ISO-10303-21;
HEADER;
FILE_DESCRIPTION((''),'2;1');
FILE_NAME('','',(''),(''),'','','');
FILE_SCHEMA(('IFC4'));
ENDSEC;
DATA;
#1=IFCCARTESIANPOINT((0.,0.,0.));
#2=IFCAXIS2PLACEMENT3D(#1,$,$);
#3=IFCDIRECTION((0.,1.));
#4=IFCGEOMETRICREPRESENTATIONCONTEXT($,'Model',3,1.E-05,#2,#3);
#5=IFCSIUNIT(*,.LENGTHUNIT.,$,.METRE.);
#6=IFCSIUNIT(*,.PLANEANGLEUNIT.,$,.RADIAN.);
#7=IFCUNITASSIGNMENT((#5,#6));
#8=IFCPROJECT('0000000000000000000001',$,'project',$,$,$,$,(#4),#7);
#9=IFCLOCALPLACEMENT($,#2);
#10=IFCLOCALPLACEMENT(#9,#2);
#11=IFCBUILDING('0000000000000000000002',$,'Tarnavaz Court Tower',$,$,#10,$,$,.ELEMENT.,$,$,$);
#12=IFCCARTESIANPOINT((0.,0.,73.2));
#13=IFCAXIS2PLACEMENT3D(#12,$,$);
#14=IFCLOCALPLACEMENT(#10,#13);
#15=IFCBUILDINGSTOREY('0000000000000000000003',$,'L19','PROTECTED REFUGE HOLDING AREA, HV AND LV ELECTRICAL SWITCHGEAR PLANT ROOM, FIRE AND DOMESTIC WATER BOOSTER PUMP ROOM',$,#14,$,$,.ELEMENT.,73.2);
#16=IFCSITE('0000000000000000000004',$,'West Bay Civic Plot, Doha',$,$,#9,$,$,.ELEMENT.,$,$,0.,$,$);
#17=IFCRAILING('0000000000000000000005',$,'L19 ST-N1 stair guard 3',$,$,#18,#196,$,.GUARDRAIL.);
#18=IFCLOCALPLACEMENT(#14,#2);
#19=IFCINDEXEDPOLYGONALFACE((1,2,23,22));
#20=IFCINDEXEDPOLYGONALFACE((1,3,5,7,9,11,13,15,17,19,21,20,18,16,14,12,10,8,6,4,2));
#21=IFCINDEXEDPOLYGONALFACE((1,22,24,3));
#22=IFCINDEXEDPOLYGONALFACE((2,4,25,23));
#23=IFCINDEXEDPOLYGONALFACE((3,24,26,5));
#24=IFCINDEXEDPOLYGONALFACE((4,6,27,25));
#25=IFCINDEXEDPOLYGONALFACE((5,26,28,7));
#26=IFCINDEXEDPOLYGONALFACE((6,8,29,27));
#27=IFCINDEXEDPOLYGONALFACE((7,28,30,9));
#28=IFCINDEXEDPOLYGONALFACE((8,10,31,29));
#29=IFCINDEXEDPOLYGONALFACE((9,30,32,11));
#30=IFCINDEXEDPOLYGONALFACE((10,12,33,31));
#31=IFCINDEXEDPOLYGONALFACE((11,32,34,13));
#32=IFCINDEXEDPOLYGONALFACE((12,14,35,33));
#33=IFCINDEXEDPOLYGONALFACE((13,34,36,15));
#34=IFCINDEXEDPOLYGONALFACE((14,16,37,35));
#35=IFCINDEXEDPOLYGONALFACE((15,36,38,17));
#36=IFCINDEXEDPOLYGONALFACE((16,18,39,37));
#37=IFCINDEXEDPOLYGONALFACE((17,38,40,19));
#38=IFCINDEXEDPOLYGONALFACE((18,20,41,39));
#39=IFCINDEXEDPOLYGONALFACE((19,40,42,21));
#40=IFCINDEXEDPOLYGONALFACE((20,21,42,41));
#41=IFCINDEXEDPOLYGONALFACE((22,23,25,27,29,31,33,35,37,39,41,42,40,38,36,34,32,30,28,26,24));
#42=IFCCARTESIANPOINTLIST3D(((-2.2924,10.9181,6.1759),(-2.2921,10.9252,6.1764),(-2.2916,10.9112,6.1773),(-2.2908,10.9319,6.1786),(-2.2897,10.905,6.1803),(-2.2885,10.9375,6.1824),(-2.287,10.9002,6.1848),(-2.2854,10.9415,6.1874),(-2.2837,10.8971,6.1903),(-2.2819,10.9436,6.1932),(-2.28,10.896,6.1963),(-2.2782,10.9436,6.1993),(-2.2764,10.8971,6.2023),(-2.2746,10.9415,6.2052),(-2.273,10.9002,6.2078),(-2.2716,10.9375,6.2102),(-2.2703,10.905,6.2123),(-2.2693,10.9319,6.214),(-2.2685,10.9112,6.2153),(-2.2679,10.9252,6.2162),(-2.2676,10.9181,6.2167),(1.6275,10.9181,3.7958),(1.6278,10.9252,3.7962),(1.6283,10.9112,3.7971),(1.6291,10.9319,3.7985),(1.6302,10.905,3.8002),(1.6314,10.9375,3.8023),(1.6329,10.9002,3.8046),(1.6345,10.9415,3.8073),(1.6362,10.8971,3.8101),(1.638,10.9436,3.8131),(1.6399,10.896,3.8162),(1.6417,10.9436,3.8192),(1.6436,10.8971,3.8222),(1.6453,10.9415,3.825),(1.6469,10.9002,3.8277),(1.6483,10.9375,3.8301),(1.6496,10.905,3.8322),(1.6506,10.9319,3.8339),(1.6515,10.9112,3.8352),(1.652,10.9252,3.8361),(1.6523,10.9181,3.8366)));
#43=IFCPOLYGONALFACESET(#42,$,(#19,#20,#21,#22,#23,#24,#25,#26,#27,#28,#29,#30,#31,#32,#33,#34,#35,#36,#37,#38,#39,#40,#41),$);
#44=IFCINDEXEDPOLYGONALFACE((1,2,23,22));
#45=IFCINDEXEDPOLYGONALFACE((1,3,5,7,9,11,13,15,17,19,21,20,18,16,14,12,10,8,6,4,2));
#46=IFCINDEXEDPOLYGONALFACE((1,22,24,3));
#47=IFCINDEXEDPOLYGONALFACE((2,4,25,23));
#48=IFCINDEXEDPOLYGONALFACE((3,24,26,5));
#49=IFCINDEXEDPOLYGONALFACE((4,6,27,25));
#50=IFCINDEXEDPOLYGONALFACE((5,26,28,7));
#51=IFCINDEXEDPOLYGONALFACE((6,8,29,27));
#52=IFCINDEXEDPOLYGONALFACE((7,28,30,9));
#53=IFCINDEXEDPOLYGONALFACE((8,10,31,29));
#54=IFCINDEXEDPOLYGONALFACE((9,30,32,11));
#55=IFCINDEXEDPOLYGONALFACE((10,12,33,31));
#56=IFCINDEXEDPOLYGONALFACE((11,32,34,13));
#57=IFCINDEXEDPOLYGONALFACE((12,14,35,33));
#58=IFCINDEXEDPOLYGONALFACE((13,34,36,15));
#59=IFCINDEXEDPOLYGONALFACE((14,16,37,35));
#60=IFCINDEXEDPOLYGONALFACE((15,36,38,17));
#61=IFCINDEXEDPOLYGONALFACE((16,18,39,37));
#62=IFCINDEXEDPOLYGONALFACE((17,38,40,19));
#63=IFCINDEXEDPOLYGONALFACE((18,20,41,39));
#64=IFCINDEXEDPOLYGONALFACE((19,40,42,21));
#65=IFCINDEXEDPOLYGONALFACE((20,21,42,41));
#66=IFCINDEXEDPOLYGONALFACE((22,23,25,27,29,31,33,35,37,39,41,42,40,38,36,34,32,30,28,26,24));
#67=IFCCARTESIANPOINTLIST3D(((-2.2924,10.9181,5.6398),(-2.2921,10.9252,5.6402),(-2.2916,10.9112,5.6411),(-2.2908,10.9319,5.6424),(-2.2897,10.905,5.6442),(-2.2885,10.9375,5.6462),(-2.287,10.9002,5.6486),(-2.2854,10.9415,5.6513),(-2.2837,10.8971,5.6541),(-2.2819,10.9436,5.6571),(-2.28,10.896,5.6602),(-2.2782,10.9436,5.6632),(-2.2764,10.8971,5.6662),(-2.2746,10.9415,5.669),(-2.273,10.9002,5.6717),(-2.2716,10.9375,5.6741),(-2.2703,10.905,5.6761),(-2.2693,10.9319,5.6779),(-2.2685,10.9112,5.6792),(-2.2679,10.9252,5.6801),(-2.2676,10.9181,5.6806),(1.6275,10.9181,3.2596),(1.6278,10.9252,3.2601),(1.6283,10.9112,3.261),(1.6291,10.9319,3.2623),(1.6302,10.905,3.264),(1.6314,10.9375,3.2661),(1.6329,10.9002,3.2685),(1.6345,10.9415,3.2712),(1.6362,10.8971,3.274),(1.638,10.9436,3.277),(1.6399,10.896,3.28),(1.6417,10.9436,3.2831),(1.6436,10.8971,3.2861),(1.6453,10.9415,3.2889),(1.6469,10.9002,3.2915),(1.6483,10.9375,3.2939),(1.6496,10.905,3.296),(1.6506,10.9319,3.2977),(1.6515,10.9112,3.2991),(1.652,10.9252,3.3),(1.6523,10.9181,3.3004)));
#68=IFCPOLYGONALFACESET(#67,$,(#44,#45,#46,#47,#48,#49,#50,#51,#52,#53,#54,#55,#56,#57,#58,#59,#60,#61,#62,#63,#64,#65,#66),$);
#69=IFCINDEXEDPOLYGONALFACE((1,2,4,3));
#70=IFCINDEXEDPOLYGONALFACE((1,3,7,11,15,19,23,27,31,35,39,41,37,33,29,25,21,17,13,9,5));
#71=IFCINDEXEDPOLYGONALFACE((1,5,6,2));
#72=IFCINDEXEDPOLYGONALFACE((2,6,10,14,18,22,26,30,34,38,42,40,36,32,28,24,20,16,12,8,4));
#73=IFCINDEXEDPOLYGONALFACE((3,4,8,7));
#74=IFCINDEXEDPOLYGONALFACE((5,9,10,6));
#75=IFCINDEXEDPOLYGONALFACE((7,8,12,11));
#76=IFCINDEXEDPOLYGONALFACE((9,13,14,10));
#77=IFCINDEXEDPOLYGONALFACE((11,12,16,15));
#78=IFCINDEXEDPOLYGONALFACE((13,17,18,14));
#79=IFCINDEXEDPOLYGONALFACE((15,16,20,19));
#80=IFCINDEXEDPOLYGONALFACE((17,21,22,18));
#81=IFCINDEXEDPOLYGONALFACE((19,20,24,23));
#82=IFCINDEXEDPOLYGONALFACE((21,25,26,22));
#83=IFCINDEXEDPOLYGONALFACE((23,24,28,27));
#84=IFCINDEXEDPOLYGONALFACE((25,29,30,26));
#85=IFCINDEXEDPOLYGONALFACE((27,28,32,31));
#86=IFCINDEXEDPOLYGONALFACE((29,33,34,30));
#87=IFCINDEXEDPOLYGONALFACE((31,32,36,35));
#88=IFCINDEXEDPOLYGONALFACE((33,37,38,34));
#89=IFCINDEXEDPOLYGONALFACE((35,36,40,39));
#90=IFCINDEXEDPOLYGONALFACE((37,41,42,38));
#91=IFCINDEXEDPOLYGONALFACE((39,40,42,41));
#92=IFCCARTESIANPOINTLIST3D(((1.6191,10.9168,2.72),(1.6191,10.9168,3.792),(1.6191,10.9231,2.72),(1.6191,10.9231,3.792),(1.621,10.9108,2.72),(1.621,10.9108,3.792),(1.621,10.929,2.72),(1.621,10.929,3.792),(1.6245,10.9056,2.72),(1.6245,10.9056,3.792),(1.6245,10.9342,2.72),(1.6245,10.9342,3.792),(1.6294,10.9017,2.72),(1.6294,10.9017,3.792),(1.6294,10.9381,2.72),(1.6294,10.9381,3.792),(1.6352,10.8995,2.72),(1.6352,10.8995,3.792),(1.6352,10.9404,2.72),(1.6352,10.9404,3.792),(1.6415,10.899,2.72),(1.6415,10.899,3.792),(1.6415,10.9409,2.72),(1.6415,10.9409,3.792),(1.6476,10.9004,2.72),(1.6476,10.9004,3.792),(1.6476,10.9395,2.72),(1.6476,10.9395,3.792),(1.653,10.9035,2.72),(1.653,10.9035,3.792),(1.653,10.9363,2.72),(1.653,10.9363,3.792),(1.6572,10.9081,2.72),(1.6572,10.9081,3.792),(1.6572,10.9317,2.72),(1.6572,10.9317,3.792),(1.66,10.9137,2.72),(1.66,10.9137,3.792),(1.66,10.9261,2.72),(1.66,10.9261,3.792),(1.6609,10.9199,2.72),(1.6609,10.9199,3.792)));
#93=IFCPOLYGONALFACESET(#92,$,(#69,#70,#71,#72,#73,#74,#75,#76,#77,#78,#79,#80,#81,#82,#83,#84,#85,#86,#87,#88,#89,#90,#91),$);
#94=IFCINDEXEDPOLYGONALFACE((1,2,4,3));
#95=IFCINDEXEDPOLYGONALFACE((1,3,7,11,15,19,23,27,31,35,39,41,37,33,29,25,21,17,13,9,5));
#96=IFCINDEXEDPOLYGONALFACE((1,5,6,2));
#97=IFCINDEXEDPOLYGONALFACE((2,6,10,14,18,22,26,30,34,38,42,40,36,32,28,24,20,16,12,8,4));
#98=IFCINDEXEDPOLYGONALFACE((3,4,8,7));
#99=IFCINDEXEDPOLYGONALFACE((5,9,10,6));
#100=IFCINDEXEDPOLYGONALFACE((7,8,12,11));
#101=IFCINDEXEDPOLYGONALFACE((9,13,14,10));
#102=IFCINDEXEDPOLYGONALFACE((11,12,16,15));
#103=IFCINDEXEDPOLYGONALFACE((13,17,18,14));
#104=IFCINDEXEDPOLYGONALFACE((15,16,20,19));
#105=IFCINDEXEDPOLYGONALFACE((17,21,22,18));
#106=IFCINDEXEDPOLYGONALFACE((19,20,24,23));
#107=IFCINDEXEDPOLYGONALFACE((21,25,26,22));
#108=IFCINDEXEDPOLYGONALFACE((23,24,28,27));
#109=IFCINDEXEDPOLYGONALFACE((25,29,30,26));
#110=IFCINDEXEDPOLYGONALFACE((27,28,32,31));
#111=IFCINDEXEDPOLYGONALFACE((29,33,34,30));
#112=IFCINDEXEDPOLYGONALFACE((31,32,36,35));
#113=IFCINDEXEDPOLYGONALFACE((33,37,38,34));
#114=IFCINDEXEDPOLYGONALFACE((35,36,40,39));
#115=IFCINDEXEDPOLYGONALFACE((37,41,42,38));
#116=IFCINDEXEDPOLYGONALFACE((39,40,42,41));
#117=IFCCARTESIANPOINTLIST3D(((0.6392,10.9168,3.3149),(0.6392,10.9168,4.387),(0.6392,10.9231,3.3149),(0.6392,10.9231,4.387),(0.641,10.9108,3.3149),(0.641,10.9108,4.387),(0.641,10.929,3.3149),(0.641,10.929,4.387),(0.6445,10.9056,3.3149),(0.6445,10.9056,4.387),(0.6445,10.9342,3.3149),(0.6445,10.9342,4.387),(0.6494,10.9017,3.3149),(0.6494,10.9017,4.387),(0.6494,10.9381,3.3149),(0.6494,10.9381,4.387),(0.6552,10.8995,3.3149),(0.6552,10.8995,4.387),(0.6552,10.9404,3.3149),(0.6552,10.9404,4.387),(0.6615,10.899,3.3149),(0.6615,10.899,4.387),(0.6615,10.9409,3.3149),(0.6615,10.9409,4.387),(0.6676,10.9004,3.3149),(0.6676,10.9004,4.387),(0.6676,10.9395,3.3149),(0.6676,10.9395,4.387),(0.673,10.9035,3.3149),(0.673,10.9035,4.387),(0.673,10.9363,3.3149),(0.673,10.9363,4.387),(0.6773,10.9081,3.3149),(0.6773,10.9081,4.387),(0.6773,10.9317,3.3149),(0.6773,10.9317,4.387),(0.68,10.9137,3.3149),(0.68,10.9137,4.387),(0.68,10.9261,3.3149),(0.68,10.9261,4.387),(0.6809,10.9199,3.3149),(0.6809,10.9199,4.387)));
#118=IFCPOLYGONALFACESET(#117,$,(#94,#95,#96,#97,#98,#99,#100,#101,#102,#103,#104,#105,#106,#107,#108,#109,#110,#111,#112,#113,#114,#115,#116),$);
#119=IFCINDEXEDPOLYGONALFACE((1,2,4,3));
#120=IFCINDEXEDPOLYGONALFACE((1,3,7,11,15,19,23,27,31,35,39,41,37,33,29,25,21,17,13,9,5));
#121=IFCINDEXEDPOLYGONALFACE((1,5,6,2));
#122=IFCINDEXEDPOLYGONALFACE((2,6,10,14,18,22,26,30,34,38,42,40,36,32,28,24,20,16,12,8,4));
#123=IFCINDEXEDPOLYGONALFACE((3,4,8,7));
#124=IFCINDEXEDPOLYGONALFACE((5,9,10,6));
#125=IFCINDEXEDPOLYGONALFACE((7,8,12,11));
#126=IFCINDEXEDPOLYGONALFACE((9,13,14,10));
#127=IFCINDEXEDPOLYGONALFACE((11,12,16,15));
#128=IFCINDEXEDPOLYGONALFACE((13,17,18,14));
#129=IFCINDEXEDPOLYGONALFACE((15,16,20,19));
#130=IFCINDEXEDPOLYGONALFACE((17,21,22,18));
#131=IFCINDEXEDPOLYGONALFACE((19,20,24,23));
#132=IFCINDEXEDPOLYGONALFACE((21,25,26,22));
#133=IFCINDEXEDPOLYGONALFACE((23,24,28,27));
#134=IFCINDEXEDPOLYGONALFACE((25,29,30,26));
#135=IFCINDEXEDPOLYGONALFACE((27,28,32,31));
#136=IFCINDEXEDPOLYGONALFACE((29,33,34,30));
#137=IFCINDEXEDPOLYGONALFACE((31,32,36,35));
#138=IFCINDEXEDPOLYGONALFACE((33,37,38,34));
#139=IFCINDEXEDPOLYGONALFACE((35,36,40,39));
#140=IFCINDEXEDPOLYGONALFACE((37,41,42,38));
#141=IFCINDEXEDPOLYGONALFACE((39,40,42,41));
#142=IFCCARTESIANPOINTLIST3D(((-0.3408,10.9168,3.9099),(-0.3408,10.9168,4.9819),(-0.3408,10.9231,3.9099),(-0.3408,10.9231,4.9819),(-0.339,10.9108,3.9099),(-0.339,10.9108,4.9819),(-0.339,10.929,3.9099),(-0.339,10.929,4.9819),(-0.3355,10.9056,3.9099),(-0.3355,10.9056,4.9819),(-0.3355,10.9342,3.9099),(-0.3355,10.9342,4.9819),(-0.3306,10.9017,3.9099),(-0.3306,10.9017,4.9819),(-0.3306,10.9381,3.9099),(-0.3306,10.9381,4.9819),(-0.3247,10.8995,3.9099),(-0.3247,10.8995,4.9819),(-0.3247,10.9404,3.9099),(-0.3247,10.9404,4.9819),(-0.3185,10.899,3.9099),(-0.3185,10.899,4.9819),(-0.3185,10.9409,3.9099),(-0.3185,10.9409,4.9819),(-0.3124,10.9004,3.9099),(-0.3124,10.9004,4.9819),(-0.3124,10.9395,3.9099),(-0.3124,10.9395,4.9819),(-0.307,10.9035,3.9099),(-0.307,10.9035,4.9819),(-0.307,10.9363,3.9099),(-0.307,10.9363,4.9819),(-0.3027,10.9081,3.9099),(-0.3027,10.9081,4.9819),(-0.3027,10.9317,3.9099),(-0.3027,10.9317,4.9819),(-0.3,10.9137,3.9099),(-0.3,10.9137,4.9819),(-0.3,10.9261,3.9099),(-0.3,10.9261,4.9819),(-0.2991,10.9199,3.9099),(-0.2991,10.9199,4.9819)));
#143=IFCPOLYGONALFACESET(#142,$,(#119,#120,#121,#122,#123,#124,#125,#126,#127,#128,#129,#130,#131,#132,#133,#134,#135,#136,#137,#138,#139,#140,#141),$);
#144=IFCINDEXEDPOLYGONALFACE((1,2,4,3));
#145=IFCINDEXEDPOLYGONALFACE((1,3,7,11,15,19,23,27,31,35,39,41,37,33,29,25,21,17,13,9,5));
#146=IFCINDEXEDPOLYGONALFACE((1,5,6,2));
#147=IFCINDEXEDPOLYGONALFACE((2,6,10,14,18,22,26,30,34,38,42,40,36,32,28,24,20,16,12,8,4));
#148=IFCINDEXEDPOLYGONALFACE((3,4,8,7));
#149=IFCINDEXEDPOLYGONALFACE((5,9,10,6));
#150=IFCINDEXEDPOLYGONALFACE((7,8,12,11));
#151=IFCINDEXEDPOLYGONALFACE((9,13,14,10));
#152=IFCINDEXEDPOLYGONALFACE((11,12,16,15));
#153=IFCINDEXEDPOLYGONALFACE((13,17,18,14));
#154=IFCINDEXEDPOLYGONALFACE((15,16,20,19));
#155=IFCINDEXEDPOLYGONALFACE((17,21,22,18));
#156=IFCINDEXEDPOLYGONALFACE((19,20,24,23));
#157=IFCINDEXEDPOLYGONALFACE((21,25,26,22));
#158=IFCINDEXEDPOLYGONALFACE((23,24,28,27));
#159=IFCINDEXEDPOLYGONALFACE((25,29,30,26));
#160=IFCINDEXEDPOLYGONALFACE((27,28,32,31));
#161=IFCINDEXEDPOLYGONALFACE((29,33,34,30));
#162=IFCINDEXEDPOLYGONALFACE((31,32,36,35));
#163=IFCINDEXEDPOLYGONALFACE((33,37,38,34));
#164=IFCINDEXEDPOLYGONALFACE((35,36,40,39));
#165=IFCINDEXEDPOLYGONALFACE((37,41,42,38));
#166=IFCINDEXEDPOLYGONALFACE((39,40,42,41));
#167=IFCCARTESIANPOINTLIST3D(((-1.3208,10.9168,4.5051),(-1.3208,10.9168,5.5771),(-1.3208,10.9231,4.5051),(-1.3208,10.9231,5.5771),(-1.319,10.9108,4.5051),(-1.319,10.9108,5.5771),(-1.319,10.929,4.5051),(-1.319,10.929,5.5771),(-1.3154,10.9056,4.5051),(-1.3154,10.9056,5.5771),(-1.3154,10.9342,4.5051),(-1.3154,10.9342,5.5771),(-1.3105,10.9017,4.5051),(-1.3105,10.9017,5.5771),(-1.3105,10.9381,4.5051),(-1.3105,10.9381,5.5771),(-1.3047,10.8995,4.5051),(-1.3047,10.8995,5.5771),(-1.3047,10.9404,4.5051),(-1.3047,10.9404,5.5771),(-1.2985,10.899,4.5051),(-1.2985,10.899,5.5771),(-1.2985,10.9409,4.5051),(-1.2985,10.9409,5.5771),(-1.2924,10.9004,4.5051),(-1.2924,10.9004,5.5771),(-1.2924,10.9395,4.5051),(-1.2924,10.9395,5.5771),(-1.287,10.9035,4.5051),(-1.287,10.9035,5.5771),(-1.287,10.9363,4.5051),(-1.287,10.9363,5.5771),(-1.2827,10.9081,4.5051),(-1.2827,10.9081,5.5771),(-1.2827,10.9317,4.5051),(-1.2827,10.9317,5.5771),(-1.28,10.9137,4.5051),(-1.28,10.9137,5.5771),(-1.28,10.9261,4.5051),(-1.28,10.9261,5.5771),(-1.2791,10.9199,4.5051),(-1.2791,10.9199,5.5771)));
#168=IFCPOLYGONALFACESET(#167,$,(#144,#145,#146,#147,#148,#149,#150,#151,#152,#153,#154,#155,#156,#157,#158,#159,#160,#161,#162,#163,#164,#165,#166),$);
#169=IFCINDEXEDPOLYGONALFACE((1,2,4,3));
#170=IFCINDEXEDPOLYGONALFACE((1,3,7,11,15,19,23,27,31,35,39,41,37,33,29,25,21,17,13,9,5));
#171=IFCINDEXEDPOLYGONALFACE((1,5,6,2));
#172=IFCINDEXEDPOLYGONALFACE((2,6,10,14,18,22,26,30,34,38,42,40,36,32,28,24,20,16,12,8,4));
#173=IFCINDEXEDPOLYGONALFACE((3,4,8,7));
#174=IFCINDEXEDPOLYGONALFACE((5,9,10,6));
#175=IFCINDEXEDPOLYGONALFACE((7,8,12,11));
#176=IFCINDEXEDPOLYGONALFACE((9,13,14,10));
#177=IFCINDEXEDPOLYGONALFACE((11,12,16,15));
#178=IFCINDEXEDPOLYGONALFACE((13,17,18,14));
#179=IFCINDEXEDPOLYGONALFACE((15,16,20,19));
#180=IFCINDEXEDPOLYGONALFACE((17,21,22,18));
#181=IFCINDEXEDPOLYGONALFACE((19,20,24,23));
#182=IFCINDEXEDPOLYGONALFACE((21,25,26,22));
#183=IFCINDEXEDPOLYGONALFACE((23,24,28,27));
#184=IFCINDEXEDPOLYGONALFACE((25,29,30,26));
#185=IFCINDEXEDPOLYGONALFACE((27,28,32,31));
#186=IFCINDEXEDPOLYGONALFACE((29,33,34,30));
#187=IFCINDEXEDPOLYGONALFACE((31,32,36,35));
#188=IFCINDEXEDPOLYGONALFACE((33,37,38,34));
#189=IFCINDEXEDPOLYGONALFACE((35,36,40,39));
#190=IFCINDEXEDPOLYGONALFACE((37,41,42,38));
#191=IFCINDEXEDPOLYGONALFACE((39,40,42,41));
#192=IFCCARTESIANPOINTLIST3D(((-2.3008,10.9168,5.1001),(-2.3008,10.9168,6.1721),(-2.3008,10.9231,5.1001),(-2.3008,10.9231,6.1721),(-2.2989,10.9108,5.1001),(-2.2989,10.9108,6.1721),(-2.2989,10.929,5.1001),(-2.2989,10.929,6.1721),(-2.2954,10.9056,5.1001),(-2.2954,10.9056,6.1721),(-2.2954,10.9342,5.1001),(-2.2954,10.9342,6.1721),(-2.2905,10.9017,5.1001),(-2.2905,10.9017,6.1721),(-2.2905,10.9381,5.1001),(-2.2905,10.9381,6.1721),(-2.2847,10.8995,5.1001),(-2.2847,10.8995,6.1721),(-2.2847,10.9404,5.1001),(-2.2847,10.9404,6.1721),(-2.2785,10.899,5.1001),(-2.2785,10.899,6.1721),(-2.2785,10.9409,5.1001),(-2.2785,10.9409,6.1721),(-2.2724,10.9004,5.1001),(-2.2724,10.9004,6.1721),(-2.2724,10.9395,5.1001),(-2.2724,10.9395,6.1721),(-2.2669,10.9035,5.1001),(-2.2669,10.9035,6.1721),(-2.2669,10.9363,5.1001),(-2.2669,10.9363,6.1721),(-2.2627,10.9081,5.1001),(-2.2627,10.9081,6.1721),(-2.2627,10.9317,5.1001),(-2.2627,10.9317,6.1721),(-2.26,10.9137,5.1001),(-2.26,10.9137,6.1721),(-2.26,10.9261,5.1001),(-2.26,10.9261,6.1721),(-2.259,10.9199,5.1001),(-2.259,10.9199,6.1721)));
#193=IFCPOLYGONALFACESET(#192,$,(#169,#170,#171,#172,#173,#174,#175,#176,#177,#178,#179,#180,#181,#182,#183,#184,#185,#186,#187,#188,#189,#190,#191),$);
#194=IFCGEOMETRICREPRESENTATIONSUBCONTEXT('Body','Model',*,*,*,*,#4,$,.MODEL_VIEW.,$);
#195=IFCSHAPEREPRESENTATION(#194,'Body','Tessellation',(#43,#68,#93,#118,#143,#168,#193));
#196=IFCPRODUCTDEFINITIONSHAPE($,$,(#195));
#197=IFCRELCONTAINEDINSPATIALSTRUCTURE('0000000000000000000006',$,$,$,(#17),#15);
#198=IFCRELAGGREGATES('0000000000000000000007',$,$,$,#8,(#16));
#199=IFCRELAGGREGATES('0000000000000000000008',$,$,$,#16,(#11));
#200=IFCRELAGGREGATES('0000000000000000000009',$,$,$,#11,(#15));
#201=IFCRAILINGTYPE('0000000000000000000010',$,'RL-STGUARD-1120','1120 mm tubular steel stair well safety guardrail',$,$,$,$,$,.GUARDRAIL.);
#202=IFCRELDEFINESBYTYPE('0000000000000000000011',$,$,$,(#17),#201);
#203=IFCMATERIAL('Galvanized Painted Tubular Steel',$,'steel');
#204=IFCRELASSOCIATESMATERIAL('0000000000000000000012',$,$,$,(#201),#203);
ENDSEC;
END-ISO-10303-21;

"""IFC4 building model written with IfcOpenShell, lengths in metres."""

from ifc_helpers import new_model, si_unit, direction, frame, origin, origin_2d, place, context, subcontext, project, spatial, circle, extrude, material, type_object, element, save


model = new_model("IFC4")

# Units and contexts
model_context = context("Model", 3, precision=1e-05, world=origin(), true_north=direction((0.0, 1.0)))
body_context = subcontext(model_context, "Body", "Model", "MODEL_VIEW")
ifc_project = project(units=[si_unit("LENGTHUNIT", "METRE"), si_unit("PLANEANGLEUNIT", "RADIAN")], contexts=[model_context])

# Site, building, storey
site_placement = place(None, origin())
site = spatial("IfcSite", under=ifc_project, at=site_placement, Name="West Bay Civic Plot, Doha", CompositionType="ELEMENT", RefElevation=0.0)
building_placement = place(site_placement, origin())
building = spatial("IfcBuilding", under=site, at=building_placement, Name="Tarnavaz Court Tower", CompositionType="ELEMENT")
storey_placement = place(building_placement, frame((0.0, 0.0, 73.2)))
storey = spatial("IfcBuildingStorey", under=building, at=storey_placement, Name="L19", Description="PROTECTED REFUGE HOLDING AREA, HV AND LV ELECTRICAL SWITCHGEAR PLANT ROOM, FIRE AND DOMESTIC WATER BOOSTER PUMP ROOM", CompositionType="ELEMENT", Elevation=73.2)

# Railing
ifc_material_1 = material(Name="Galvanized Painted Tubular Steel", Category="steel")
railing_type_1 = type_object("IfcRailingType", Name="RL-STGUARD-1120", Description="1120 mm tubular steel stair well safety guardrail", PredefinedType="GUARDRAIL", material=ifc_material_1)
railing_1_placement = place(storey_placement, frame((1.6399, 10.9199, 2.72)))
element("IfcRailing", 1, at=railing_1_placement, inside=storey, type_object=railing_type_1, Name="L19 ST-N1 stair guard 3", PredefinedType="GUARDRAIL", context=body_context, shape_type="SweptSolid", body=[
    extrude(circle(Radius=0.0239, at=origin_2d()), frame((0.0, 0.0, 1.0962), z_axis=(-0.854771, 0.0, 0.519006), x_axis=(0.0, -1.0, 0.0)), (0.0, 0.0, 1.0), 4.5859),
    extrude(circle(Radius=0.0239, at=origin_2d()), frame((0.0, 0.0, 0.5601), z_axis=(-0.854771, 0.0, 0.519006), x_axis=(0.0, -1.0, 0.0)), (0.0, 0.0, 1.0), 4.5859),
    extrude(circle(Radius=0.021, at=origin_2d()), origin(), (0.0, 0.0, 1.0), 1.072),
    extrude(circle(Radius=0.021, at=origin_2d()), frame((-0.98, 0.0, 0.595)), (0.0, 0.0, 1.0), 1.072),
    extrude(circle(Radius=0.021, at=origin_2d()), frame((-1.96, 0.0, 1.1899)), (0.0, 0.0, 1.0), 1.072),
    extrude(circle(Radius=0.021, at=origin_2d()), frame((-2.9399, 0.0, 1.7852)), (0.0, 0.0, 1.0), 1.072),
    extrude(circle(Radius=0.021, at=origin_2d()), frame((-3.9199, 0.0, 2.3801)), (0.0, 0.0, 1.0), 1.072),
])

save(model, "model.ifc")
